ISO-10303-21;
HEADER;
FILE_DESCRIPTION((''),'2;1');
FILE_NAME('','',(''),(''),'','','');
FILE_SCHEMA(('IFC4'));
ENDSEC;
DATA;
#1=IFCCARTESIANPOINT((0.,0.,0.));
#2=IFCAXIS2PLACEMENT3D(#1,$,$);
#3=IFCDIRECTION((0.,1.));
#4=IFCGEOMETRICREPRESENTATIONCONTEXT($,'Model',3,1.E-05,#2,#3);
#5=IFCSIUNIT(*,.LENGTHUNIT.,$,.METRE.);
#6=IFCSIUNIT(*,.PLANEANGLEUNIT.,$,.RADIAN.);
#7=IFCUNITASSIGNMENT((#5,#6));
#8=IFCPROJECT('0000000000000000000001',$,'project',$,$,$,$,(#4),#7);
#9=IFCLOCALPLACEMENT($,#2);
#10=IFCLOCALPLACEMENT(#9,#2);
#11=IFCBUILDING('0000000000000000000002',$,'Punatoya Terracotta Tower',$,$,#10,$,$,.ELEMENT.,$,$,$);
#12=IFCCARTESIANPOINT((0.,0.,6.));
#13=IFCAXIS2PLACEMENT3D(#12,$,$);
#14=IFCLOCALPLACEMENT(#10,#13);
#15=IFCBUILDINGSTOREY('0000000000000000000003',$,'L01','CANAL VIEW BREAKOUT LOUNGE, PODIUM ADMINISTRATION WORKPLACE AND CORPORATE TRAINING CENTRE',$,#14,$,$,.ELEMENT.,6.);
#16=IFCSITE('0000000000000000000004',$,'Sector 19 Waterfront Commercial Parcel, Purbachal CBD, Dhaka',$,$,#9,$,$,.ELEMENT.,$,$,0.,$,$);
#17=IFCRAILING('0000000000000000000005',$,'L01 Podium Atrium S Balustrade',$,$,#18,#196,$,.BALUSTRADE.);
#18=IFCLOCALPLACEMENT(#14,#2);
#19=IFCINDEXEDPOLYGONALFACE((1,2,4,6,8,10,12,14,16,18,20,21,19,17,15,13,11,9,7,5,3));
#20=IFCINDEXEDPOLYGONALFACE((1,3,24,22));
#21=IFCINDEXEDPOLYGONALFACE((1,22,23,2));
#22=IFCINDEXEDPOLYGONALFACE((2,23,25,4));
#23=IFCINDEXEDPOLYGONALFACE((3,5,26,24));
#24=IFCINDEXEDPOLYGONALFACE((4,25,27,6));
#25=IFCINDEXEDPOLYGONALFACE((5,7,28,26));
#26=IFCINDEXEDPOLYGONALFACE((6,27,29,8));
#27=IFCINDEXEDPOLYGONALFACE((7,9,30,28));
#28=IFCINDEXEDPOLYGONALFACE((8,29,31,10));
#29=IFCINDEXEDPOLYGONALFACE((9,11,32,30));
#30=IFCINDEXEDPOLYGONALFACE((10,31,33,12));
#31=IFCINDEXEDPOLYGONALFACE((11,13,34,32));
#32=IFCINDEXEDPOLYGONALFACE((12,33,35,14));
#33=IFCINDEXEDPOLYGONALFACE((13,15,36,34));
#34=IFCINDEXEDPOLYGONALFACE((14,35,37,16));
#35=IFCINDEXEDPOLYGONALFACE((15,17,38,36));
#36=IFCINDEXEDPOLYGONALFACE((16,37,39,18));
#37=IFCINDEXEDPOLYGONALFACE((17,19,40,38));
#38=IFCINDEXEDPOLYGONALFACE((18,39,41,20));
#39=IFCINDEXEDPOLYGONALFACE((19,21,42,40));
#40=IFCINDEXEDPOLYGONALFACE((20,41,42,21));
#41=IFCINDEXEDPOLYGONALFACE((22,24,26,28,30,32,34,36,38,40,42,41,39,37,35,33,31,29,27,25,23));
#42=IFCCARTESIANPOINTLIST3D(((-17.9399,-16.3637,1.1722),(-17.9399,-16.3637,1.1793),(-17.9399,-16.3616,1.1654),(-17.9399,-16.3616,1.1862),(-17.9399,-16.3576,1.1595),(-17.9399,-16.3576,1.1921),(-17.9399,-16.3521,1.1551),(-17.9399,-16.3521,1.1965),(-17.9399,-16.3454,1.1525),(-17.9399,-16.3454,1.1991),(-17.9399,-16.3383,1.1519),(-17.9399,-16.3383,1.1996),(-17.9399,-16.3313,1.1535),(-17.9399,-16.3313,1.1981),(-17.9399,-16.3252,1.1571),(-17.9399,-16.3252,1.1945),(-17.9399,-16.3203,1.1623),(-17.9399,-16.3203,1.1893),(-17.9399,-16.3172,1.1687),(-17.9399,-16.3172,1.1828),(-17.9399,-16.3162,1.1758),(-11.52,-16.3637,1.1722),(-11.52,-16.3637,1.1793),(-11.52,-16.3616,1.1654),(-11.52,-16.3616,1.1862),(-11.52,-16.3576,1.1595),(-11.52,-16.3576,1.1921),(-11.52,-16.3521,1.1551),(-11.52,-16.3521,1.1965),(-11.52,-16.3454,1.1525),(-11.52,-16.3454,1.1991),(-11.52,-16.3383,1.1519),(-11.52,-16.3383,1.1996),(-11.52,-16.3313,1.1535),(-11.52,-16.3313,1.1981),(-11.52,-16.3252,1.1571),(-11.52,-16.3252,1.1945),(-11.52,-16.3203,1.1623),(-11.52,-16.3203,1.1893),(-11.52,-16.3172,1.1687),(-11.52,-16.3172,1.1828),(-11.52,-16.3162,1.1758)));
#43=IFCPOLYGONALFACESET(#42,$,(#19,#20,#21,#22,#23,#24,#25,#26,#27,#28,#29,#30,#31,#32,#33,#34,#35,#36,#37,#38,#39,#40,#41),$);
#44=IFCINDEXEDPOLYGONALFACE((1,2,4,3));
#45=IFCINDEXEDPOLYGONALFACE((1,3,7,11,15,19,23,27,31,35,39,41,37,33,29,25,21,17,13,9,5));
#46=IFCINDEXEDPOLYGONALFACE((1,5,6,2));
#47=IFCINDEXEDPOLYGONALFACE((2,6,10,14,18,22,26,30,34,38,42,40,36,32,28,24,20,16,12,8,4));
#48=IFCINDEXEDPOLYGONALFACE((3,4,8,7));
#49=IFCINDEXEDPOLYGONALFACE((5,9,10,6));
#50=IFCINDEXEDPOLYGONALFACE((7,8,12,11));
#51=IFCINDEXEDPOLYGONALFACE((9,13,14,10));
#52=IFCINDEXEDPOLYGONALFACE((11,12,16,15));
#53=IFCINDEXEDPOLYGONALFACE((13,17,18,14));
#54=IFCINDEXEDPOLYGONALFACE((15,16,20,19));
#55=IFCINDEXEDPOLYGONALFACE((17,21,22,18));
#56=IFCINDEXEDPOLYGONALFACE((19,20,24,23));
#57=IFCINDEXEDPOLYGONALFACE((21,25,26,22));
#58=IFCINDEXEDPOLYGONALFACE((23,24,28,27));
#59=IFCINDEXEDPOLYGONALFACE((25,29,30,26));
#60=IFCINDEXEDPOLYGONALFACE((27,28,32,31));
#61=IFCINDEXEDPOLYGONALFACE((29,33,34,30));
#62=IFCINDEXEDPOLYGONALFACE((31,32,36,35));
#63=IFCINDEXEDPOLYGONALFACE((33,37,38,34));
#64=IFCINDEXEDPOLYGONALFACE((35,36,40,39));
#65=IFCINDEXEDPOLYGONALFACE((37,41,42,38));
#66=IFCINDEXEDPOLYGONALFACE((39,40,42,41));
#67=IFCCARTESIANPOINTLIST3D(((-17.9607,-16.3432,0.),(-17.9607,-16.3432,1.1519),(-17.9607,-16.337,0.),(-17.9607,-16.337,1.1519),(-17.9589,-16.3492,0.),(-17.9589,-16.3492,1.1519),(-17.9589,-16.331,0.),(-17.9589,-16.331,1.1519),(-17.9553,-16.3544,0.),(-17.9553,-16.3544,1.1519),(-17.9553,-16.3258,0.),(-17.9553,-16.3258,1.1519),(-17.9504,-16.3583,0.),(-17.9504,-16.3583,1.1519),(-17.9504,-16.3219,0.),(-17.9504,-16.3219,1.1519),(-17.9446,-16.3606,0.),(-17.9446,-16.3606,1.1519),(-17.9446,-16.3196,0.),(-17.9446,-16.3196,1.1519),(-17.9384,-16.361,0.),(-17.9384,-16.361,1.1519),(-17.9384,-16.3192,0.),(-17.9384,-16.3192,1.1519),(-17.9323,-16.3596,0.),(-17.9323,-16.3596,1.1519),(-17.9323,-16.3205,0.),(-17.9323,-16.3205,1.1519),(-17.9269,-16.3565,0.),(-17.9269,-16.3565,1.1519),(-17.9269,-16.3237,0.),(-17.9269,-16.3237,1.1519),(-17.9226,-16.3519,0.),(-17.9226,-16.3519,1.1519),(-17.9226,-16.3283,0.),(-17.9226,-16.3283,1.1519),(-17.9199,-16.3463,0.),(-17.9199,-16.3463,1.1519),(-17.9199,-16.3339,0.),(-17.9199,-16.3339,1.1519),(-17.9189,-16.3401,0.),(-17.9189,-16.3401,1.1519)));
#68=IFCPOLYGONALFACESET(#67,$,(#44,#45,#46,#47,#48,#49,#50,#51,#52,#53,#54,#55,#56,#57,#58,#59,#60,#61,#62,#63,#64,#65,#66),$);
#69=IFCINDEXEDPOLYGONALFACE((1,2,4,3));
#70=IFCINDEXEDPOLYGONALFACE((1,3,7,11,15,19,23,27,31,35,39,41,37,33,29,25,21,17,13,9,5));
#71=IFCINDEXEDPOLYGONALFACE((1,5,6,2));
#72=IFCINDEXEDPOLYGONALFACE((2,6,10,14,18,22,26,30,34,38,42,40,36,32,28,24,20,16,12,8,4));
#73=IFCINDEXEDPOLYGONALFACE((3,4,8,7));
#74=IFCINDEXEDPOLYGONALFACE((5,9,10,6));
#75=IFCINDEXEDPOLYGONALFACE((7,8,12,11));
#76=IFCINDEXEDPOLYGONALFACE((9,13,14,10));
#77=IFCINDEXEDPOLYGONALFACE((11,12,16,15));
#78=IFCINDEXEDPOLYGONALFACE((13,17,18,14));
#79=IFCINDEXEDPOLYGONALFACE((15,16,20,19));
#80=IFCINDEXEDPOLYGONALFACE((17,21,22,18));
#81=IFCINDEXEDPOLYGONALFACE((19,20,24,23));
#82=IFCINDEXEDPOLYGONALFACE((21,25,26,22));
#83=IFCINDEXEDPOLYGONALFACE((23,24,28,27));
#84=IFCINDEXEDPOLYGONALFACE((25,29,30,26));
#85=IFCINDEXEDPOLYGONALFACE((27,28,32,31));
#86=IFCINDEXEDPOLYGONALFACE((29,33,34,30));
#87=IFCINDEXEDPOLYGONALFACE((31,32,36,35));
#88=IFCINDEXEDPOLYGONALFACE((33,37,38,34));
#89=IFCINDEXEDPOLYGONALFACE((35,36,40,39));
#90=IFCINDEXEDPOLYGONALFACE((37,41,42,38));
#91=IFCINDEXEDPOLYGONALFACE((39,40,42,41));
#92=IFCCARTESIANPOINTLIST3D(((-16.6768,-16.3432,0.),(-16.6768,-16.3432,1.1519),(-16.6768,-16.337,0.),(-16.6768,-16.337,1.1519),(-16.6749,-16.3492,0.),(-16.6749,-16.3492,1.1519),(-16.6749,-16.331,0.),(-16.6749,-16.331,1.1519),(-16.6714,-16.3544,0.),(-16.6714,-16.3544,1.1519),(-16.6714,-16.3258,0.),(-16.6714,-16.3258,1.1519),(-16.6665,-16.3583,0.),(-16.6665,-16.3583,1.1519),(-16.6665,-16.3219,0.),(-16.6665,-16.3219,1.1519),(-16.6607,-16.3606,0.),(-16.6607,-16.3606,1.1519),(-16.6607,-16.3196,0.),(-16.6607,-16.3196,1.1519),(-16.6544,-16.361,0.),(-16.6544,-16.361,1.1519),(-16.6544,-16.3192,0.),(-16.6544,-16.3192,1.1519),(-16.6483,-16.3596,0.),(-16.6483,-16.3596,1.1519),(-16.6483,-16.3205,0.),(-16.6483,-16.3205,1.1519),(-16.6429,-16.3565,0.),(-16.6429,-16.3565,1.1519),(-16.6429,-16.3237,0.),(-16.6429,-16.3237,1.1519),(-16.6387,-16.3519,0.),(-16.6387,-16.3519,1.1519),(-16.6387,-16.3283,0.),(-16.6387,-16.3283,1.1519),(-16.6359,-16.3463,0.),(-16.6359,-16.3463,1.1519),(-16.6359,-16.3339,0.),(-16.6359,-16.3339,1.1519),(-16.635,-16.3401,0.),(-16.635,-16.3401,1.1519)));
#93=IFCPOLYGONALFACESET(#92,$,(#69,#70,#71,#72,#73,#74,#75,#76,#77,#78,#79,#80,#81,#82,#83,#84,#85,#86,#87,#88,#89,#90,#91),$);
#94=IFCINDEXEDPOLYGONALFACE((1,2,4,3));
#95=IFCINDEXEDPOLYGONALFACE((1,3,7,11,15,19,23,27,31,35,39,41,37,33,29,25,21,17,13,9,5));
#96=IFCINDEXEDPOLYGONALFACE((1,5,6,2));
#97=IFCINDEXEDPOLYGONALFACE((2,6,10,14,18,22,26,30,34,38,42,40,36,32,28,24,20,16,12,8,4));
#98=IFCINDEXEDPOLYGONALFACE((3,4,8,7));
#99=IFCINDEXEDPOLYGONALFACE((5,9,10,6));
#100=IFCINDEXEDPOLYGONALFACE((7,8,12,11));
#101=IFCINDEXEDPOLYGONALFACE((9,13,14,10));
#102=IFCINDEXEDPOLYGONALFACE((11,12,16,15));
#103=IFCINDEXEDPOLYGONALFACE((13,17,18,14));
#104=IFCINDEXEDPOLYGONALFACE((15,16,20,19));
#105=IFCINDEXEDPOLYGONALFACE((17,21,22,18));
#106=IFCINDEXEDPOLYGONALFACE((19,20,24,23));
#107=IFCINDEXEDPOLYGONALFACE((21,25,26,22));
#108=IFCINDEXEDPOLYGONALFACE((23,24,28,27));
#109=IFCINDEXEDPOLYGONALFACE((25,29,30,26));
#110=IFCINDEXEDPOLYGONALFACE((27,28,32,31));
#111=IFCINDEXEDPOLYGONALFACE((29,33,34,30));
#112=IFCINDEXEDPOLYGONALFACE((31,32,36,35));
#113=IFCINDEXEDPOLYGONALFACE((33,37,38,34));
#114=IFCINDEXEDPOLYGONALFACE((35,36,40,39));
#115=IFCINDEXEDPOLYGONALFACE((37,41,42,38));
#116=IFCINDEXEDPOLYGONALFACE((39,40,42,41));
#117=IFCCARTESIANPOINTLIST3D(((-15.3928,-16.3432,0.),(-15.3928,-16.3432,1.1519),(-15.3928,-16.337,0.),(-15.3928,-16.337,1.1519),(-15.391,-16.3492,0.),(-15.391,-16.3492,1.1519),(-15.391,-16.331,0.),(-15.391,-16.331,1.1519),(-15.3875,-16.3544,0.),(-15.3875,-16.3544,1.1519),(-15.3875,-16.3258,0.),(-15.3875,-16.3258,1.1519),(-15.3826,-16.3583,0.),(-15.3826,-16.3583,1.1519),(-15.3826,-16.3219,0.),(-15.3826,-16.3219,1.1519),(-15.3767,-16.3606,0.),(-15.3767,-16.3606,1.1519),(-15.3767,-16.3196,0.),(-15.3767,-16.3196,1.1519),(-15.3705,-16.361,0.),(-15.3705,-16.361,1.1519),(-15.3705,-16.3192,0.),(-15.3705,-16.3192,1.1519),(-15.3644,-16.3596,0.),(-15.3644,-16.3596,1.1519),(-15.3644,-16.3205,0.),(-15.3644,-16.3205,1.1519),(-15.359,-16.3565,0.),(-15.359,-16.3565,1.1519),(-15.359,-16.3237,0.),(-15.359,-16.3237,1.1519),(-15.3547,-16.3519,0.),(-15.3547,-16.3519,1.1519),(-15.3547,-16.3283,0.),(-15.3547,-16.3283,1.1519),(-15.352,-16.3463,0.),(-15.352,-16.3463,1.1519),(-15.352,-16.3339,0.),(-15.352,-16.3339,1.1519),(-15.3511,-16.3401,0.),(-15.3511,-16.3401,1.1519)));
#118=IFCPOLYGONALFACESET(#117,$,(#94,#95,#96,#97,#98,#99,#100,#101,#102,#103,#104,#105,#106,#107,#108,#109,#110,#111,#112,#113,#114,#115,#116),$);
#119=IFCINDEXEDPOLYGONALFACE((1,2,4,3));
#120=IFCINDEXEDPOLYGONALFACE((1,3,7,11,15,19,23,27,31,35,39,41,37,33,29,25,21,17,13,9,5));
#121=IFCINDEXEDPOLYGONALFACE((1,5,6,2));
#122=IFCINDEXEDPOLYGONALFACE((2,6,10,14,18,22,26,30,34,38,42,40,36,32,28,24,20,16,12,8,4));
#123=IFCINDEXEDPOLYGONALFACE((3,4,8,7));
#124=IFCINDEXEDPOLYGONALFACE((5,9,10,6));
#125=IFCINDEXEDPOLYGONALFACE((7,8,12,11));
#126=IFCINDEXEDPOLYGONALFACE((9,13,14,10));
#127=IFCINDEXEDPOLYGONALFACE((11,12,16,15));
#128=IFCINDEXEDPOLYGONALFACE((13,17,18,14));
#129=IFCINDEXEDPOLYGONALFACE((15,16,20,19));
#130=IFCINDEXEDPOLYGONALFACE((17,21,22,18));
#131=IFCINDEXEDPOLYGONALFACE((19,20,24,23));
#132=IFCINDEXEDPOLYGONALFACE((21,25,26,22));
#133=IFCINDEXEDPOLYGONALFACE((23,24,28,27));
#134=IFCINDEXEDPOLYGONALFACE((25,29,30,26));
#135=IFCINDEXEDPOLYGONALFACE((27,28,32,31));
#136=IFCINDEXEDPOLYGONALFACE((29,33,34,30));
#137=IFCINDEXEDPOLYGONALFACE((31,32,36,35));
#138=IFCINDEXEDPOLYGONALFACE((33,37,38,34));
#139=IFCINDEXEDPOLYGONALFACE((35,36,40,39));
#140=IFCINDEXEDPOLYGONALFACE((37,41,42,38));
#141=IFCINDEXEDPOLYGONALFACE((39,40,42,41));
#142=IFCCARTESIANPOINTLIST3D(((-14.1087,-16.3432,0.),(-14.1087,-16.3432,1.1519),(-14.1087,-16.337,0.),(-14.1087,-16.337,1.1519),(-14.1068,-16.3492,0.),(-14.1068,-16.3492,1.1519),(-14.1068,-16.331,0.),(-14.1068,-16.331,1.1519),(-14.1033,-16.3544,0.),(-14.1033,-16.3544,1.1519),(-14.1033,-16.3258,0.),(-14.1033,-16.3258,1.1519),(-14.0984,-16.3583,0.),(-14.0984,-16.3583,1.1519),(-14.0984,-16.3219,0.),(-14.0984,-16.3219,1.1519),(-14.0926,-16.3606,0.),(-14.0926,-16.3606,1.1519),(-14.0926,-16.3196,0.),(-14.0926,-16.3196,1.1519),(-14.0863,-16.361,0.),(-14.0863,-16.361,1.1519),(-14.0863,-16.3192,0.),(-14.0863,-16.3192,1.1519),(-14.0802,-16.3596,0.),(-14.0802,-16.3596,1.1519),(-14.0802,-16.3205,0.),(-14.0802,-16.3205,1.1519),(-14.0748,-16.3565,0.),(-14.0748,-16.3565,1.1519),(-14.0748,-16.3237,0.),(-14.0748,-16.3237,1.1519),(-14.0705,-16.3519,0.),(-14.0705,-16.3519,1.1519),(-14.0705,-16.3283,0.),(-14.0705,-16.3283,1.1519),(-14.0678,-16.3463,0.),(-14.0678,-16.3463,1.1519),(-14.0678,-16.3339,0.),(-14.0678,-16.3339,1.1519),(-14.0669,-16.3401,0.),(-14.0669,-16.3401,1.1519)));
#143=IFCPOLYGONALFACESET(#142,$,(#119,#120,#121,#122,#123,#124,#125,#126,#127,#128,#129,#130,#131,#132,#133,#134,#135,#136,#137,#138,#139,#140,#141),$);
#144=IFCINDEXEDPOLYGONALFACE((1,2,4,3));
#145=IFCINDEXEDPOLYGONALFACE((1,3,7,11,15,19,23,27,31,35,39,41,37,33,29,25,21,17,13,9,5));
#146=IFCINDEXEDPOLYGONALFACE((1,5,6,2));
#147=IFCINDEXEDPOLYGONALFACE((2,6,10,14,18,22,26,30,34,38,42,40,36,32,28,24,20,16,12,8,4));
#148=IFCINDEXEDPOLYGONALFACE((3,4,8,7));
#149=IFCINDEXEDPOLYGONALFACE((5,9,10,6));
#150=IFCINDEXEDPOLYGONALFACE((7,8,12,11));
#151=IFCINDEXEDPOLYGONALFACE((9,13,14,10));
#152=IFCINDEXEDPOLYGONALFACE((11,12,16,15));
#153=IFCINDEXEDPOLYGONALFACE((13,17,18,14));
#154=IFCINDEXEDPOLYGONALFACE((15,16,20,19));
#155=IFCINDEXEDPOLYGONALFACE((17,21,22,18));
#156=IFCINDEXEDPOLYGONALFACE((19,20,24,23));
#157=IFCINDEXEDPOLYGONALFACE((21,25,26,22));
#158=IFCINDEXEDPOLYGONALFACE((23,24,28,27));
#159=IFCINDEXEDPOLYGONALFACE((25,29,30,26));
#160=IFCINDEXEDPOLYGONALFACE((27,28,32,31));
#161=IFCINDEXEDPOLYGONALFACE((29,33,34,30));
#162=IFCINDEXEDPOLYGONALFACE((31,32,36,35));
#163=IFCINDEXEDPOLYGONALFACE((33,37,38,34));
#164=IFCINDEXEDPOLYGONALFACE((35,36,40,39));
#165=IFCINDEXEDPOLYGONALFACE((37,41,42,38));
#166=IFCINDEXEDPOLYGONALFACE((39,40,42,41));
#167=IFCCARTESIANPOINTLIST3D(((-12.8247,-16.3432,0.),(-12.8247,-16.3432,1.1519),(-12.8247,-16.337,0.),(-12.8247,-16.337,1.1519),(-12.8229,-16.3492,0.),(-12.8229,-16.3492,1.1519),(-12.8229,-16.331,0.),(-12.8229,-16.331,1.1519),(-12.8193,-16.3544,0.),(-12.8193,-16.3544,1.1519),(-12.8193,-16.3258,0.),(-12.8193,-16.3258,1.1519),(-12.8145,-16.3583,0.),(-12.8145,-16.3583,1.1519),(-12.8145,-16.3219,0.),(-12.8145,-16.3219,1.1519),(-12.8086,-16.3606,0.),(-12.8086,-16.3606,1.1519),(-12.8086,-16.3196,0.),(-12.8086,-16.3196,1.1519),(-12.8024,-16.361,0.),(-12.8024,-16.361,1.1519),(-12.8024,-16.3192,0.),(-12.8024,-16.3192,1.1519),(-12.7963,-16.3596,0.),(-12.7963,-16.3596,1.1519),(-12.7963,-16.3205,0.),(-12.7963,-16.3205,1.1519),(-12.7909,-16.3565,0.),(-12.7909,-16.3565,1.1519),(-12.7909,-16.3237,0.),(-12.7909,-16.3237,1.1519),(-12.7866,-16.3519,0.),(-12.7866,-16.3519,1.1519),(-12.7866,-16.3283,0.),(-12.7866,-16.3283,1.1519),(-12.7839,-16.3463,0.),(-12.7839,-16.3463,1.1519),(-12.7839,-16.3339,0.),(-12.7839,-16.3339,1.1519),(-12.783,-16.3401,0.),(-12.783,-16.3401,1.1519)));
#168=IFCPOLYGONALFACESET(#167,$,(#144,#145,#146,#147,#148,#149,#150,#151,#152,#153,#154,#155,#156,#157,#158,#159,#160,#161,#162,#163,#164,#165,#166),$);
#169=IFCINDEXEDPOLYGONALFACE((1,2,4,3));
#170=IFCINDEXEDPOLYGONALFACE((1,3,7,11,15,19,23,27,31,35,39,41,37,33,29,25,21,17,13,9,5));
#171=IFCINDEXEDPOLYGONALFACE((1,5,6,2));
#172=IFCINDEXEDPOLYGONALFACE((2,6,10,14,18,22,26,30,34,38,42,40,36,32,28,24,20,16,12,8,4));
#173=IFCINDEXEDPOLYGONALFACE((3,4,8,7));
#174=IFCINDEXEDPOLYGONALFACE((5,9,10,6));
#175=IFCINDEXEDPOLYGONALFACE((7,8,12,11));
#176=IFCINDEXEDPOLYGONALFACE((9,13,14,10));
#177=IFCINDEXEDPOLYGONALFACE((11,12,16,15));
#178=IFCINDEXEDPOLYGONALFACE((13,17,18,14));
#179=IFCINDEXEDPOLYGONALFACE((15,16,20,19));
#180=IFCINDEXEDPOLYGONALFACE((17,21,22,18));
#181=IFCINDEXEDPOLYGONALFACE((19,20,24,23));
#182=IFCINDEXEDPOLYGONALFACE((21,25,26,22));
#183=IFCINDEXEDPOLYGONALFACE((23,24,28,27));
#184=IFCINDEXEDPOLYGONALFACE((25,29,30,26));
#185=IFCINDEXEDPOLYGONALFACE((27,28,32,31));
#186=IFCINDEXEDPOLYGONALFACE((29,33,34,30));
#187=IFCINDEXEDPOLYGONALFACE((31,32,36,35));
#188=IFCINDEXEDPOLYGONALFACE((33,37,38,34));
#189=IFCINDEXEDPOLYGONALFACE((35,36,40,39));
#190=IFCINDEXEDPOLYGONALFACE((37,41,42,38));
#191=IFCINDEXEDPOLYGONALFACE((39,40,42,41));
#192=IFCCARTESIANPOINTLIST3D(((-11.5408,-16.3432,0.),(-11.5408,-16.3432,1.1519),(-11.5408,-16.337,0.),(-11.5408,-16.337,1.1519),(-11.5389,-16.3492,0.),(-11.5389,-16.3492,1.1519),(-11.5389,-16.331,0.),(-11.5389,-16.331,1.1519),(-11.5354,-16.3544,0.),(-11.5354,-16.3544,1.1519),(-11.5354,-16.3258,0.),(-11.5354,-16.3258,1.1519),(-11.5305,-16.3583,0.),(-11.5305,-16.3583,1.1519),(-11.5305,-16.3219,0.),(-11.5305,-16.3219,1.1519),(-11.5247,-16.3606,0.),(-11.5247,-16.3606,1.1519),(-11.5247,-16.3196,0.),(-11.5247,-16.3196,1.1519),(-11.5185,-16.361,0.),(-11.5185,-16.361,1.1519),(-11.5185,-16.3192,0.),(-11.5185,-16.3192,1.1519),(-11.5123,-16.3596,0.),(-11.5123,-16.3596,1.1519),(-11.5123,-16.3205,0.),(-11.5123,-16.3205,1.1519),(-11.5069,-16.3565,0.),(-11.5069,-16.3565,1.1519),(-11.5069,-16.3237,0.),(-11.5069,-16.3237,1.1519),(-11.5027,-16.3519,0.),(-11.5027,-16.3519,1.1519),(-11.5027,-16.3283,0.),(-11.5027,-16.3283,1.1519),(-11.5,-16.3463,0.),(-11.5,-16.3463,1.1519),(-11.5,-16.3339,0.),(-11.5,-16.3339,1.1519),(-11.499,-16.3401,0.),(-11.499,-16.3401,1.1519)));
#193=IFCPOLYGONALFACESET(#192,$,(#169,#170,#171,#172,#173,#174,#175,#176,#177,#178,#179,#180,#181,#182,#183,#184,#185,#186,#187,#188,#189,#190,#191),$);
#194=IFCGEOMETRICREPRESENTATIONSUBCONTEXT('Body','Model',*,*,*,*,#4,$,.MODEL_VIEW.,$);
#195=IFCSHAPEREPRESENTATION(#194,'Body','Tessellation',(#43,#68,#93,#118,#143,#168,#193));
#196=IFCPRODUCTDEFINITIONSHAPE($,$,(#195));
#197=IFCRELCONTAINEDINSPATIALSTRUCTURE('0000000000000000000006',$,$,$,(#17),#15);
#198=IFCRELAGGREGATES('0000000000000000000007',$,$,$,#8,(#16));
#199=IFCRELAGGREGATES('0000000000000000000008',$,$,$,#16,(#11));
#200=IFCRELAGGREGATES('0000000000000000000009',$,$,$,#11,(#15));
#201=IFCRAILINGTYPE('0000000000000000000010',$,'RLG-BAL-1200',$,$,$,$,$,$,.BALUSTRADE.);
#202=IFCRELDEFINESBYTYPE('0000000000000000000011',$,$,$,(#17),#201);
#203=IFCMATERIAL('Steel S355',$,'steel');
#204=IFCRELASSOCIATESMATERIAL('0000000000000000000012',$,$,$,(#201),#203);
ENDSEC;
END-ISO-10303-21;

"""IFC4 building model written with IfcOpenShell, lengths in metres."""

from ifc_helpers import new_model, si_unit, direction, frame, origin, origin_2d, place, context, subcontext, project, spatial, circle, extrude, material, type_object, element, save


model = new_model("IFC4")

# Units and contexts
model_context = context("Model", 3, precision=1e-05, world=origin(), true_north=direction((0.0, 1.0)))
body_context = subcontext(model_context, "Body", "Model", "MODEL_VIEW")
ifc_project = project(units=[si_unit("LENGTHUNIT", "METRE"), si_unit("PLANEANGLEUNIT", "RADIAN")], contexts=[model_context])

# Site, building, storey
site_placement = place(None, origin())
site = spatial("IfcSite", under=ifc_project, at=site_placement, Name="Sector 19 Waterfront Commercial Parcel, Purbachal CBD, Dhaka", CompositionType="ELEMENT", RefElevation=0.0)
building_placement = place(site_placement, origin())
building = spatial("IfcBuilding", under=site, at=building_placement, Name="Punatoya Terracotta Tower", CompositionType="ELEMENT")
storey_placement = place(building_placement, frame((0.0, 0.0, 6.0)))
storey = spatial("IfcBuildingStorey", under=building, at=storey_placement, Name="L01", Description="CANAL VIEW BREAKOUT LOUNGE, PODIUM ADMINISTRATION WORKPLACE AND CORPORATE TRAINING CENTRE", CompositionType="ELEMENT", Elevation=6.0)

# Shared definitions
ifc_material_1 = material(Name="Steel S355", Category="steel")

# Railing
railing_type_1 = type_object("IfcRailingType", Name="RLG-BAL-1200", PredefinedType="BALUSTRADE", material=ifc_material_1)
railing_1_placement = place(storey_placement, frame((-17.9399, -16.3401, 0.0)))
element("IfcRailing", 1, at=railing_1_placement, inside=storey, type_object=railing_type_1, Name="L01 Podium Atrium S Balustrade", PredefinedType="BALUSTRADE", context=body_context, shape_type="SweptSolid", body=[
    extrude(circle(Radius=0.0239, at=origin_2d()), frame((0.0, 0.0, 1.1758), z_axis=(1.0, 0.0, 0.0), x_axis=(0.0, 1.0, 0.0)), (0.0, 0.0, 1.0), 6.4199),
    extrude(circle(Radius=0.021, at=origin_2d()), origin(), (0.0, 0.0, 1.0), 1.1519),
    extrude(circle(Radius=0.021, at=origin_2d()), frame((1.2839, 0.0, 0.0)), (0.0, 0.0, 1.0), 1.1519),
    extrude(circle(Radius=0.021, at=origin_2d()), frame((2.5679, 0.0, 0.0)), (0.0, 0.0, 1.0), 1.1519),
    extrude(circle(Radius=0.021, at=origin_2d()), frame((3.8521, 0.0, 0.0)), (0.0, 0.0, 1.0), 1.1519),
    extrude(circle(Radius=0.021, at=origin_2d()), frame((5.136, 0.0, 0.0)), (0.0, 0.0, 1.0), 1.1519),
    extrude(circle(Radius=0.021, at=origin_2d()), frame((6.4199, 0.0, 0.0)), (0.0, 0.0, 1.0), 1.1519),
])

save(model, "model.ifc")
